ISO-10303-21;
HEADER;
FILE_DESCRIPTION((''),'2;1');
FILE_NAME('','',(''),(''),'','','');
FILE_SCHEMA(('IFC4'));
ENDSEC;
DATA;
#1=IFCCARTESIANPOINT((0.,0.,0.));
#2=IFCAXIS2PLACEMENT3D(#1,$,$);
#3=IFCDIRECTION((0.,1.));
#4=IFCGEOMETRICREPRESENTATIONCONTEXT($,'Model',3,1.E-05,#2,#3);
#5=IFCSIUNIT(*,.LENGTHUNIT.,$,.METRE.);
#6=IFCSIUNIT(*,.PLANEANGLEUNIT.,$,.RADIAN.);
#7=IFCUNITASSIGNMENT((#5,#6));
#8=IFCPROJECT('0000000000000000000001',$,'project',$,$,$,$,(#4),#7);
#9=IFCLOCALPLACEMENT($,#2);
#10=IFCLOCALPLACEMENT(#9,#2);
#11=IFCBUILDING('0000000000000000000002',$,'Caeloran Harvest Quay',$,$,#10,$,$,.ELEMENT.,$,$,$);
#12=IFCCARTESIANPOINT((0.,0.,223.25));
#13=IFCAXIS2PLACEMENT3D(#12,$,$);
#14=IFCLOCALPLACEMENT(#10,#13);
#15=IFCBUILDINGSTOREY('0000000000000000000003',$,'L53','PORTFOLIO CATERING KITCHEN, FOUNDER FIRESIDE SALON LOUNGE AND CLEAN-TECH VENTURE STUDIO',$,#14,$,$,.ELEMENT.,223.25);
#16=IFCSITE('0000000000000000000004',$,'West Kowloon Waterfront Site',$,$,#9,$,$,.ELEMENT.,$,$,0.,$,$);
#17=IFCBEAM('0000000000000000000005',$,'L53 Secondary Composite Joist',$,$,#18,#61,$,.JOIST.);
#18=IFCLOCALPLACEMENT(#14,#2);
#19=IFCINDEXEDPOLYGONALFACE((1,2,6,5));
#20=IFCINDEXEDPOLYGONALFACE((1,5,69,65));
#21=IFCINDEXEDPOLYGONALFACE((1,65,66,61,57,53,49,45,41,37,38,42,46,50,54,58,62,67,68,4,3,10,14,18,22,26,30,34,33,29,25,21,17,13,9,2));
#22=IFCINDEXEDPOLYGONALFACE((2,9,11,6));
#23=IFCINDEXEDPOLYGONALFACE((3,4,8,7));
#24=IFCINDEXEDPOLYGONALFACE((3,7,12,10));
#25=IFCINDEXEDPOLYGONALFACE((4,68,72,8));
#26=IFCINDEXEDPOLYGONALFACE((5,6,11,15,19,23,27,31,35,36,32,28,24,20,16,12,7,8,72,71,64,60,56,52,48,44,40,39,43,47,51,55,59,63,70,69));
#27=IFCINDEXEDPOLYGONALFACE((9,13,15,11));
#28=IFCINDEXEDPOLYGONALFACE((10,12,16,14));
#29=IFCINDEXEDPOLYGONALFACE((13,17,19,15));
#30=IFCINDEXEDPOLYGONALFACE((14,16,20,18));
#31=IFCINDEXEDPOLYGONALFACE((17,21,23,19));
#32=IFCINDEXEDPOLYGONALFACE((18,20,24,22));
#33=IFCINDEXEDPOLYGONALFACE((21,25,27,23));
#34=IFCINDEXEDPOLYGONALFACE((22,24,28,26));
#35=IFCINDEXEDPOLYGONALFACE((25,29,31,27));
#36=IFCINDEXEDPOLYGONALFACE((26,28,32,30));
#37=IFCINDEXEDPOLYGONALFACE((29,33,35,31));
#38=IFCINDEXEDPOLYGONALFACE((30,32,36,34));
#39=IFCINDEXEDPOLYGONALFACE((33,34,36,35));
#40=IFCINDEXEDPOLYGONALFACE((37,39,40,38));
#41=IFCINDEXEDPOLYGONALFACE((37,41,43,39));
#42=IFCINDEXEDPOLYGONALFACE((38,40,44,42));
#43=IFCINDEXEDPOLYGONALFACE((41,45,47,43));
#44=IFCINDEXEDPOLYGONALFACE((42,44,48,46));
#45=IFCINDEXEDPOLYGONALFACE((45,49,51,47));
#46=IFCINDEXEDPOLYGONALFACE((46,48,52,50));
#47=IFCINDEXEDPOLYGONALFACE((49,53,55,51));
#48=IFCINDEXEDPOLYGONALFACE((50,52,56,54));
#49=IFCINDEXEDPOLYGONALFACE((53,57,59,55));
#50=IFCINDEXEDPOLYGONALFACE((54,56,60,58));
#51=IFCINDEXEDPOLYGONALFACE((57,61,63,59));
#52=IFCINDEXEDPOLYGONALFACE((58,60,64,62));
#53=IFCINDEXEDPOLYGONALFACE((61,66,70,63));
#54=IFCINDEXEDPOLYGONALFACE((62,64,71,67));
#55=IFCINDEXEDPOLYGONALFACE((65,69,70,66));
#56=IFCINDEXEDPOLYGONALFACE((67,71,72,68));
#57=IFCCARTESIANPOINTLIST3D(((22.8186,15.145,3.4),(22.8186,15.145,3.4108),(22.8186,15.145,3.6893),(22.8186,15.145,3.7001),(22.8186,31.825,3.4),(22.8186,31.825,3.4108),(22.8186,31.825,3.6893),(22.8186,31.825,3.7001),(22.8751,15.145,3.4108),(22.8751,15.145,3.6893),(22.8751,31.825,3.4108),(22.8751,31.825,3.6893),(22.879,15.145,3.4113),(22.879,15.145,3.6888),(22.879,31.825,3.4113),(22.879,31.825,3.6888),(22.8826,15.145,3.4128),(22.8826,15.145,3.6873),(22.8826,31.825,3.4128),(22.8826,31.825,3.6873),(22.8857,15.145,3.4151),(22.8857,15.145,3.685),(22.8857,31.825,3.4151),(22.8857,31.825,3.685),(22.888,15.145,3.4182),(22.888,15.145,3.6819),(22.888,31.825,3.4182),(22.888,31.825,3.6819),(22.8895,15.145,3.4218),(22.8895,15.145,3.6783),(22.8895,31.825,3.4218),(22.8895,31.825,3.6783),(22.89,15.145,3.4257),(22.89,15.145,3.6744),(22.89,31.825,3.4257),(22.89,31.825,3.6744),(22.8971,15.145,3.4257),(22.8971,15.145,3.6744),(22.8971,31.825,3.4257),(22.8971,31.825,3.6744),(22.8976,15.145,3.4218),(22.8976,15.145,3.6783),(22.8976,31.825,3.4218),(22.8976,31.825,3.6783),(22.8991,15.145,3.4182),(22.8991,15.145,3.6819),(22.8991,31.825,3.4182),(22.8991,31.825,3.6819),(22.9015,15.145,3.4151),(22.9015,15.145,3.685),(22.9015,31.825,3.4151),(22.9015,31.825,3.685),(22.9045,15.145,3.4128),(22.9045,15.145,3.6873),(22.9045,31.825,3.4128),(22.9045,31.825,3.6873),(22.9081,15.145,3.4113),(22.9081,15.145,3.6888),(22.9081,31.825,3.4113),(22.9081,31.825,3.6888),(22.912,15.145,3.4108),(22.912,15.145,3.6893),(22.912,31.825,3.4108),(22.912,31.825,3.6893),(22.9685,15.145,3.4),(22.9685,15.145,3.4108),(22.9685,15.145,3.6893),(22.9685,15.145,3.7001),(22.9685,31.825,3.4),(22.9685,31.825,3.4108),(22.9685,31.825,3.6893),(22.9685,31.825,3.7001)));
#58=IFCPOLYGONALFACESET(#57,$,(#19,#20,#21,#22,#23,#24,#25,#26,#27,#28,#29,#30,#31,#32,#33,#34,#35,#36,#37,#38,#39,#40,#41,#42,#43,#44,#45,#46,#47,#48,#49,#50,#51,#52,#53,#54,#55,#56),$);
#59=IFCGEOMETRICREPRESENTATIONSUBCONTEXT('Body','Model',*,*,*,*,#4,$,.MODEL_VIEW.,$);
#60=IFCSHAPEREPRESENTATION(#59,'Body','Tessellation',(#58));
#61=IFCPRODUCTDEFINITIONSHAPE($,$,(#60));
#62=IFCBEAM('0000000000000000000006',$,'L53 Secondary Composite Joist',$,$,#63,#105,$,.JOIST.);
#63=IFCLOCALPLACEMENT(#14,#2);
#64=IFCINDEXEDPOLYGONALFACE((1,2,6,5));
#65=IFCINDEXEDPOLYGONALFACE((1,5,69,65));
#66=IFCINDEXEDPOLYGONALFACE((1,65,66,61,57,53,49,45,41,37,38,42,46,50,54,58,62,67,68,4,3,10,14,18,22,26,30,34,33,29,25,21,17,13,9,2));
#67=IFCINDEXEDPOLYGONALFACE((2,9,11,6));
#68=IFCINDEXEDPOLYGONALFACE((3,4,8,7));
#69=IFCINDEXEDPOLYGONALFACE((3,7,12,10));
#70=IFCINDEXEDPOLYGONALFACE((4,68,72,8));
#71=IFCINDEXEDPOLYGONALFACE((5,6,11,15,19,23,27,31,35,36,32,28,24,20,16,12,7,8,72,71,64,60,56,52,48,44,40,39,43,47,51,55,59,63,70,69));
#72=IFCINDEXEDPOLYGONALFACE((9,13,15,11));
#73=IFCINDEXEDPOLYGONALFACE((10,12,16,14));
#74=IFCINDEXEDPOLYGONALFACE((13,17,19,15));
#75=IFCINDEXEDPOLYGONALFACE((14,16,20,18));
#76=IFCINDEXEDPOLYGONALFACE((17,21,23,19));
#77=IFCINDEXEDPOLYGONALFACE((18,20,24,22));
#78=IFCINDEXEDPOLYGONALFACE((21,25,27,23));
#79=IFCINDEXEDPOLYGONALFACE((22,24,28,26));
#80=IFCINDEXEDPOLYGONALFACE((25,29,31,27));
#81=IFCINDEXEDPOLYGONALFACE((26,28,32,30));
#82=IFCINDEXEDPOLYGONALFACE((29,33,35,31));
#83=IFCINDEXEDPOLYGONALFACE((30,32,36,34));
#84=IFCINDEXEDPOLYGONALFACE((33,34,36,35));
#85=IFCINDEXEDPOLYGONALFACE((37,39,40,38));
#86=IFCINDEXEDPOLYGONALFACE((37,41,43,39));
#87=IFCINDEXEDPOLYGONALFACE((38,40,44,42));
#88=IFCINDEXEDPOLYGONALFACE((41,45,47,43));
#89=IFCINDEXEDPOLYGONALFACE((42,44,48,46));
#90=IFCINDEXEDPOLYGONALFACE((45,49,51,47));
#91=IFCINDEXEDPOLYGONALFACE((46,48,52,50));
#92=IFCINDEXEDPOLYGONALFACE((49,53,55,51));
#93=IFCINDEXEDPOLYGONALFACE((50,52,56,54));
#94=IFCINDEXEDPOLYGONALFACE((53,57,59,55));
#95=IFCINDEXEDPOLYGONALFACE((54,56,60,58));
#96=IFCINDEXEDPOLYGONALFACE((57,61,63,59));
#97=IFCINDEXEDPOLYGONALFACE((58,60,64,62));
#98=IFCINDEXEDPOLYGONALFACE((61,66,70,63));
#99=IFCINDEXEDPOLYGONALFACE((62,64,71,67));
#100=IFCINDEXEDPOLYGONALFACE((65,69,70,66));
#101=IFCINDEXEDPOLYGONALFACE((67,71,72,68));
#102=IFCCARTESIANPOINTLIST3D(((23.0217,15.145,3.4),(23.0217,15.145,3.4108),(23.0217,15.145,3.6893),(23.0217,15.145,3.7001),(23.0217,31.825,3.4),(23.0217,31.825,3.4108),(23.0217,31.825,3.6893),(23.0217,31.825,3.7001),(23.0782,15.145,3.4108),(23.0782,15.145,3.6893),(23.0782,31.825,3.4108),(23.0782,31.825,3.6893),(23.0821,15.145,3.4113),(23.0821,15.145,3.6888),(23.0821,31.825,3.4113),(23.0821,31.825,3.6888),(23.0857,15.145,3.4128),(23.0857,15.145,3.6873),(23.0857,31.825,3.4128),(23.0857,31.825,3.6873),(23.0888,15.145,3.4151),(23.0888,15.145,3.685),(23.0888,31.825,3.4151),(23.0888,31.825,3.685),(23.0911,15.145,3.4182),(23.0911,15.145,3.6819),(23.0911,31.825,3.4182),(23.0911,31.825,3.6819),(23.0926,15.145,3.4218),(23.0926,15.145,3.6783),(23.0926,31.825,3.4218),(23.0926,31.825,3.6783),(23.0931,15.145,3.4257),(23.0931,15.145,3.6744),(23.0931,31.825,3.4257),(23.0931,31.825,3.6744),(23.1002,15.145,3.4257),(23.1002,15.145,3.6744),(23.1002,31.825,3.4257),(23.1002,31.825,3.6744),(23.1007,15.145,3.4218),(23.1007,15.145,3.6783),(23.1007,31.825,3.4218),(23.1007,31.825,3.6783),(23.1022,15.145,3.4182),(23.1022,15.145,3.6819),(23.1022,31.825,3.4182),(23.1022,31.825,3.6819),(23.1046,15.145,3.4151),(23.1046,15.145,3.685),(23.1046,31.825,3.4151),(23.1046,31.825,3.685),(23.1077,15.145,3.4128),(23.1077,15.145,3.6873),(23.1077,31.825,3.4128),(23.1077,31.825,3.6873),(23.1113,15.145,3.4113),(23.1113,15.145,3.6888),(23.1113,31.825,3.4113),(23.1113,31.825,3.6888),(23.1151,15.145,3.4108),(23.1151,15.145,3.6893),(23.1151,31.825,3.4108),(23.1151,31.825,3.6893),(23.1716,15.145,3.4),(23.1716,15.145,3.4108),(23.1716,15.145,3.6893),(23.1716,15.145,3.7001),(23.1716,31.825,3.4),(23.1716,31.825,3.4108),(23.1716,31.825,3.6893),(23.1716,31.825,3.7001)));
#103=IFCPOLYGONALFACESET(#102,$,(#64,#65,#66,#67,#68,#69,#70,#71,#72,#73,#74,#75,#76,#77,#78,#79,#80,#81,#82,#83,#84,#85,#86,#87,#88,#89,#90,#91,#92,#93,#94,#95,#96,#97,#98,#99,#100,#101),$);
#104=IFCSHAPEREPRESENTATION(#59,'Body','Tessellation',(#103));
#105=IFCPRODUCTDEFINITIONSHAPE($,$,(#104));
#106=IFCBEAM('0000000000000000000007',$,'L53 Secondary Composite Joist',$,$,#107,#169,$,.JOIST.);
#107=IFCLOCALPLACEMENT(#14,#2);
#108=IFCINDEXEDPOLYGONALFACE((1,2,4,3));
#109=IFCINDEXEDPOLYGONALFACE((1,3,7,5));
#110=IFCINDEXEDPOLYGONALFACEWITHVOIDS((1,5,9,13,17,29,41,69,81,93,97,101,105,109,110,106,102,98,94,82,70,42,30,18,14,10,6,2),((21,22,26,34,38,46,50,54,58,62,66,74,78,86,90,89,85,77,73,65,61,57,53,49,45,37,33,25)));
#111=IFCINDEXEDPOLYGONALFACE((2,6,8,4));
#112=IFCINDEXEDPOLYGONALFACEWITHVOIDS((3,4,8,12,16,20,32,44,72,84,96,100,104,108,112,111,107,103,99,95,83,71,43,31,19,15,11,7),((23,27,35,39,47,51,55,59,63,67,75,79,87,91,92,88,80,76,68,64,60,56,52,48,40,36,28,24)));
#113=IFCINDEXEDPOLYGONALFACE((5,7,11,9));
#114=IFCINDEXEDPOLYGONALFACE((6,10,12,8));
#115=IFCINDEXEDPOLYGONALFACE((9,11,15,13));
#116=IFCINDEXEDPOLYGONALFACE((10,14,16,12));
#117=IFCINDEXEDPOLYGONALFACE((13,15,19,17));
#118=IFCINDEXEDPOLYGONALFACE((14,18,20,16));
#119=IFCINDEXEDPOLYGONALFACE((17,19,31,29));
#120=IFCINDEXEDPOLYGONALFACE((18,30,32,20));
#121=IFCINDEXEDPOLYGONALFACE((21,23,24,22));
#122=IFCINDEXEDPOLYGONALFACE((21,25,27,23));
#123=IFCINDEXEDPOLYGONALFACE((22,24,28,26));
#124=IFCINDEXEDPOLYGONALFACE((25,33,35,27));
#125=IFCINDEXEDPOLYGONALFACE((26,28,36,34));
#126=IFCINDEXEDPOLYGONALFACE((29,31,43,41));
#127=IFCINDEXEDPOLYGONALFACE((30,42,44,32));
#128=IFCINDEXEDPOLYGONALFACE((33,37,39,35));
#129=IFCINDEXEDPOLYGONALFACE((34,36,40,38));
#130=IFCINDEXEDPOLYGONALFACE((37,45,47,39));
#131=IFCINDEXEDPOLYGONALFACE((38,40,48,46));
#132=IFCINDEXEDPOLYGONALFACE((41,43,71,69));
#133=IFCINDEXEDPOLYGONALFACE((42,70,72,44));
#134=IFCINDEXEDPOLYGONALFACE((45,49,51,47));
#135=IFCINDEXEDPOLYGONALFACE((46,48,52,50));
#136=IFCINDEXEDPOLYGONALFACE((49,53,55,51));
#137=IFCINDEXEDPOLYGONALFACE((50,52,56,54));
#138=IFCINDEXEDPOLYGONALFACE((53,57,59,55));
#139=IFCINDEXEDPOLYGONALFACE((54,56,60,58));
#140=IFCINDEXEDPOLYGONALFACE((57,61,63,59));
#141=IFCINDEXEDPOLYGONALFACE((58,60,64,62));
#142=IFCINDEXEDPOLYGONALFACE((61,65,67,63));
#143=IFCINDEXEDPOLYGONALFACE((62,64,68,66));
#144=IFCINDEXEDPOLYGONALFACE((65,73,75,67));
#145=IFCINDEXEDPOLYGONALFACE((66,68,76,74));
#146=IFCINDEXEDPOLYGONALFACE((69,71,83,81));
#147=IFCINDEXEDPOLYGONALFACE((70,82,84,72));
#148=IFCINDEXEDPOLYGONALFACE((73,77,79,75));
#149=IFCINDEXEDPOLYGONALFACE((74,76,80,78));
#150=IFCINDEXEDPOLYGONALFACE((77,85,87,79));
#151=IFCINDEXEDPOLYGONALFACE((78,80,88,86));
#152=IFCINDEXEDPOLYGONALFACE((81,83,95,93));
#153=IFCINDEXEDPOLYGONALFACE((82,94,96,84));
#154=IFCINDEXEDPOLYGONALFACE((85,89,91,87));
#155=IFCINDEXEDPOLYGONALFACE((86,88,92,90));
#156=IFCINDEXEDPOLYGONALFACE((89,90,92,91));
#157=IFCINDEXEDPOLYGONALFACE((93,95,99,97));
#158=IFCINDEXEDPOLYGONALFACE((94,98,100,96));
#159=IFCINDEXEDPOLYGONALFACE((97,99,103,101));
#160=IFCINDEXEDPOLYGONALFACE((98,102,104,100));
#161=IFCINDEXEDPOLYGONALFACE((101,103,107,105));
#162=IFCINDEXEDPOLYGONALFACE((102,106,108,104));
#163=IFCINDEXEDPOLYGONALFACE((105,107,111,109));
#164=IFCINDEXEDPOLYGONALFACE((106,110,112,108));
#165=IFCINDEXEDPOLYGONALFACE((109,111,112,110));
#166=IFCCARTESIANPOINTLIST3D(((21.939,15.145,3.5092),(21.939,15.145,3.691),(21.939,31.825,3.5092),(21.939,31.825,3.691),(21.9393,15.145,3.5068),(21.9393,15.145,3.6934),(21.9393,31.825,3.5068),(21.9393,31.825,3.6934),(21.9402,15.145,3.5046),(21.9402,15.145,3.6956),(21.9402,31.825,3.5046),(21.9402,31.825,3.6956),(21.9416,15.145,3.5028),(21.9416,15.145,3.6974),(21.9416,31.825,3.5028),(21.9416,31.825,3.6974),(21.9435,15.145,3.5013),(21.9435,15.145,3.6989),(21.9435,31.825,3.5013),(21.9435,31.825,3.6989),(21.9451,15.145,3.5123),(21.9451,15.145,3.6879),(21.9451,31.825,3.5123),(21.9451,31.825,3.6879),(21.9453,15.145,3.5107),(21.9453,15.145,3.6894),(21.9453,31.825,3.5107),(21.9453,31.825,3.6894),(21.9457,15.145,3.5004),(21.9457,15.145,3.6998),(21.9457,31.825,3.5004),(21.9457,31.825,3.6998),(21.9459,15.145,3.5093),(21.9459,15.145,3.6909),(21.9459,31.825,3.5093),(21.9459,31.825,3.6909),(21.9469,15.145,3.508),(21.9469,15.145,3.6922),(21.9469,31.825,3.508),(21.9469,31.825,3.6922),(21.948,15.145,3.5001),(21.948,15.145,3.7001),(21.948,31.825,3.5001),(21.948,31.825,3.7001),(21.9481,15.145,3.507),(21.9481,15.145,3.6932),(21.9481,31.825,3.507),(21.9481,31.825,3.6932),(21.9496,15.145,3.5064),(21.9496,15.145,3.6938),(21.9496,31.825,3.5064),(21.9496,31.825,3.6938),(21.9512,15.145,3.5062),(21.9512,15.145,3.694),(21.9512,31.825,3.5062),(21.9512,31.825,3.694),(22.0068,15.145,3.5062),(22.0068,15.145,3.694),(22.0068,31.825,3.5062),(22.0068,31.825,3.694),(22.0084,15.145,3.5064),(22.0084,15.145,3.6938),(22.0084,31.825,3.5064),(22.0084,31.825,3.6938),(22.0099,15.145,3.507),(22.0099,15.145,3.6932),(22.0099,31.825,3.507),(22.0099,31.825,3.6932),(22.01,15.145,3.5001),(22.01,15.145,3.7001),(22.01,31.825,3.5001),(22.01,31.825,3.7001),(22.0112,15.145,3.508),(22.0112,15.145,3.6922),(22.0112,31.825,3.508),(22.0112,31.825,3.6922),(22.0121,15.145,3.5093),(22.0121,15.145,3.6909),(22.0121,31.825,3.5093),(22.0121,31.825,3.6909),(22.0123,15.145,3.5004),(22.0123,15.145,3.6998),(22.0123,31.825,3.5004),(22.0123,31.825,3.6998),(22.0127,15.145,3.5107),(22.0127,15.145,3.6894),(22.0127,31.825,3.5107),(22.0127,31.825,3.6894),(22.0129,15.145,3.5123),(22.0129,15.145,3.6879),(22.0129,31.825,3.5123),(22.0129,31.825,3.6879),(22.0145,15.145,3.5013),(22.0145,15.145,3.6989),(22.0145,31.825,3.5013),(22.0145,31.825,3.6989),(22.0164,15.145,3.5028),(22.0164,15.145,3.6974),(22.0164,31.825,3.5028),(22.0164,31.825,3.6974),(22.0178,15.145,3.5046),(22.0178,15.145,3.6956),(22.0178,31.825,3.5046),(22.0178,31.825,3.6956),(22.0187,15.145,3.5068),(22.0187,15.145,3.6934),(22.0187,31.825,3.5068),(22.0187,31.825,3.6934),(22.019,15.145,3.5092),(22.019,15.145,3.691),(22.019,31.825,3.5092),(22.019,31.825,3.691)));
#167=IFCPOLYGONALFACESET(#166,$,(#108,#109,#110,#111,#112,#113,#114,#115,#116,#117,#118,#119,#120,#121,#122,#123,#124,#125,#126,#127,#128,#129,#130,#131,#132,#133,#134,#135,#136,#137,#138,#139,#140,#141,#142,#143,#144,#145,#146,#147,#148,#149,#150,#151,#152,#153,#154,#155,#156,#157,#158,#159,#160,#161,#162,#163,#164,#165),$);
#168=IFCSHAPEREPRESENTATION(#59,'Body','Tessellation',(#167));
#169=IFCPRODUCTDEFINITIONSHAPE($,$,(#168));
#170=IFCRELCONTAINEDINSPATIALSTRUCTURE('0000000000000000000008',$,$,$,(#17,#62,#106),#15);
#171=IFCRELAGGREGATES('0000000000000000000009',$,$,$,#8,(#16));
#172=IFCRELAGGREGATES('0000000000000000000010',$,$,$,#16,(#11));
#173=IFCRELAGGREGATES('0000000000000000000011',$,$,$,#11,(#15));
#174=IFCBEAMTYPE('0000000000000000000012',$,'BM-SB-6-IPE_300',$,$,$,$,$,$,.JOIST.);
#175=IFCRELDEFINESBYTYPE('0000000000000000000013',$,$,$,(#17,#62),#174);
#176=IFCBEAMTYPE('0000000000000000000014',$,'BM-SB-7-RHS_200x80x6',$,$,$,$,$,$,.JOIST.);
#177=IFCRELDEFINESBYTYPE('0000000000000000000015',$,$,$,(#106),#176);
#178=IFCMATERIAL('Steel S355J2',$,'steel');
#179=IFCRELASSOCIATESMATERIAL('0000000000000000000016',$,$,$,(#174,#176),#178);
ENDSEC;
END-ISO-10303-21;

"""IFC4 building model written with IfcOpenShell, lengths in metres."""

from ifc_helpers import new_model, si_unit, direction, frame, origin, origin_2d, place, context, subcontext, project, spatial, hollow_rectangle, i_section, extrude, material, material_profile, profile_set, type_object, element, save


model = new_model("IFC4")

# Units and contexts
model_context = context("Model", 3, precision=1e-05, world=origin(), true_north=direction((0.0, 1.0)))
body_context = subcontext(model_context, "Body", "Model", "MODEL_VIEW")
ifc_project = project(units=[si_unit("LENGTHUNIT", "METRE"), si_unit("PLANEANGLEUNIT", "RADIAN")], contexts=[model_context])

# Site, building, storey
site_placement = place(None, origin())
site = spatial("IfcSite", under=ifc_project, at=site_placement, Name="West Kowloon Waterfront Site", CompositionType="ELEMENT", RefElevation=0.0)
building_placement = place(site_placement, origin())
building = spatial("IfcBuilding", under=site, at=building_placement, Name="Caeloran Harvest Quay", CompositionType="ELEMENT")
storey_placement = place(building_placement, frame((0.0, 0.0, 223.25)))
storey = spatial("IfcBuildingStorey", under=building, at=storey_placement, Name="L53", Description="PORTFOLIO CATERING KITCHEN, FOUNDER FIRESIDE SALON LOUNGE AND CLEAN-TECH VENTURE STUDIO", CompositionType="ELEMENT", Elevation=223.25)

# Beams
ifc_material_1 = material(Name="Steel S355J2", Category="steel")
ifc_material_profile_1 = material_profile(ifc_material_1, i_section(OverallWidth=0.1499, OverallDepth=0.3, WebThickness=0.0071, FlangeThickness=0.0107, FilletRadius=0.0149, at=origin_2d()), Name="IPE 300")
ifc_profile_set_1 = profile_set([ifc_material_profile_1], Name="Steel S355J2")
beam_type_1 = type_object("IfcBeamType", Name="BM-SB-6-IPE_300", PredefinedType="JOIST", material=ifc_profile_set_1)
for number, where, z_axis, x_axis, name in (
    (1, (22.8936, 15.145, 3.55), (0.0, 1.0, 0.0), (-1.0, 0.0, 0.0), "L53 Secondary Composite Joist"),
    (2, (23.0967, 15.145, 3.55), (0.0, 1.0, 0.0), (-1.0, 0.0, 0.0), "L53 Secondary Composite Joist"),
):
    element("IfcBeam", number, at=place(storey_placement, frame(where, z_axis=z_axis, x_axis=x_axis)), inside=storey, type_object=beam_type_1, Name=name, PredefinedType="JOIST", context=body_context, shape_type="SweptSolid", body=[
        extrude(i_section(OverallWidth=0.1499, OverallDepth=0.3, WebThickness=0.0071, FlangeThickness=0.0107, FilletRadius=0.0149, at=origin_2d()), origin(), (0.0, 0.0, 1.0), 16.6799),
    ])
ifc_material_profile_2 = material_profile(ifc_material_1, hollow_rectangle(XDim=0.0801, YDim=0.2, WallThickness=0.0061, InnerFilletRadius=0.0061, OuterFilletRadius=0.009, at=origin_2d()), Name="RHS 200x80x6")
ifc_profile_set_2 = profile_set([ifc_material_profile_2], Name="Steel S355J2")
beam_type_2 = type_object("IfcBeamType", Name="BM-SB-7-RHS_200x80x6", PredefinedType="JOIST", material=ifc_profile_set_2)
for number, where, z_axis, x_axis, name in (
    (3, (21.979, 15.145, 3.6001), (0.0, 1.0, 0.0), (-1.0, 0.0, 0.0), "L53 Secondary Composite Joist"),
):
    element("IfcBeam", number, at=place(storey_placement, frame(where, z_axis=z_axis, x_axis=x_axis)), inside=storey, type_object=beam_type_2, Name=name, PredefinedType="JOIST", context=body_context, shape_type="SweptSolid", body=[
        extrude(hollow_rectangle(XDim=0.0801, YDim=0.2, WallThickness=0.0061, InnerFilletRadius=0.0061, OuterFilletRadius=0.009, at=origin_2d()), origin(), (0.0, 0.0, 1.0), 16.6799),
    ])

save(model, "model.ifc")
